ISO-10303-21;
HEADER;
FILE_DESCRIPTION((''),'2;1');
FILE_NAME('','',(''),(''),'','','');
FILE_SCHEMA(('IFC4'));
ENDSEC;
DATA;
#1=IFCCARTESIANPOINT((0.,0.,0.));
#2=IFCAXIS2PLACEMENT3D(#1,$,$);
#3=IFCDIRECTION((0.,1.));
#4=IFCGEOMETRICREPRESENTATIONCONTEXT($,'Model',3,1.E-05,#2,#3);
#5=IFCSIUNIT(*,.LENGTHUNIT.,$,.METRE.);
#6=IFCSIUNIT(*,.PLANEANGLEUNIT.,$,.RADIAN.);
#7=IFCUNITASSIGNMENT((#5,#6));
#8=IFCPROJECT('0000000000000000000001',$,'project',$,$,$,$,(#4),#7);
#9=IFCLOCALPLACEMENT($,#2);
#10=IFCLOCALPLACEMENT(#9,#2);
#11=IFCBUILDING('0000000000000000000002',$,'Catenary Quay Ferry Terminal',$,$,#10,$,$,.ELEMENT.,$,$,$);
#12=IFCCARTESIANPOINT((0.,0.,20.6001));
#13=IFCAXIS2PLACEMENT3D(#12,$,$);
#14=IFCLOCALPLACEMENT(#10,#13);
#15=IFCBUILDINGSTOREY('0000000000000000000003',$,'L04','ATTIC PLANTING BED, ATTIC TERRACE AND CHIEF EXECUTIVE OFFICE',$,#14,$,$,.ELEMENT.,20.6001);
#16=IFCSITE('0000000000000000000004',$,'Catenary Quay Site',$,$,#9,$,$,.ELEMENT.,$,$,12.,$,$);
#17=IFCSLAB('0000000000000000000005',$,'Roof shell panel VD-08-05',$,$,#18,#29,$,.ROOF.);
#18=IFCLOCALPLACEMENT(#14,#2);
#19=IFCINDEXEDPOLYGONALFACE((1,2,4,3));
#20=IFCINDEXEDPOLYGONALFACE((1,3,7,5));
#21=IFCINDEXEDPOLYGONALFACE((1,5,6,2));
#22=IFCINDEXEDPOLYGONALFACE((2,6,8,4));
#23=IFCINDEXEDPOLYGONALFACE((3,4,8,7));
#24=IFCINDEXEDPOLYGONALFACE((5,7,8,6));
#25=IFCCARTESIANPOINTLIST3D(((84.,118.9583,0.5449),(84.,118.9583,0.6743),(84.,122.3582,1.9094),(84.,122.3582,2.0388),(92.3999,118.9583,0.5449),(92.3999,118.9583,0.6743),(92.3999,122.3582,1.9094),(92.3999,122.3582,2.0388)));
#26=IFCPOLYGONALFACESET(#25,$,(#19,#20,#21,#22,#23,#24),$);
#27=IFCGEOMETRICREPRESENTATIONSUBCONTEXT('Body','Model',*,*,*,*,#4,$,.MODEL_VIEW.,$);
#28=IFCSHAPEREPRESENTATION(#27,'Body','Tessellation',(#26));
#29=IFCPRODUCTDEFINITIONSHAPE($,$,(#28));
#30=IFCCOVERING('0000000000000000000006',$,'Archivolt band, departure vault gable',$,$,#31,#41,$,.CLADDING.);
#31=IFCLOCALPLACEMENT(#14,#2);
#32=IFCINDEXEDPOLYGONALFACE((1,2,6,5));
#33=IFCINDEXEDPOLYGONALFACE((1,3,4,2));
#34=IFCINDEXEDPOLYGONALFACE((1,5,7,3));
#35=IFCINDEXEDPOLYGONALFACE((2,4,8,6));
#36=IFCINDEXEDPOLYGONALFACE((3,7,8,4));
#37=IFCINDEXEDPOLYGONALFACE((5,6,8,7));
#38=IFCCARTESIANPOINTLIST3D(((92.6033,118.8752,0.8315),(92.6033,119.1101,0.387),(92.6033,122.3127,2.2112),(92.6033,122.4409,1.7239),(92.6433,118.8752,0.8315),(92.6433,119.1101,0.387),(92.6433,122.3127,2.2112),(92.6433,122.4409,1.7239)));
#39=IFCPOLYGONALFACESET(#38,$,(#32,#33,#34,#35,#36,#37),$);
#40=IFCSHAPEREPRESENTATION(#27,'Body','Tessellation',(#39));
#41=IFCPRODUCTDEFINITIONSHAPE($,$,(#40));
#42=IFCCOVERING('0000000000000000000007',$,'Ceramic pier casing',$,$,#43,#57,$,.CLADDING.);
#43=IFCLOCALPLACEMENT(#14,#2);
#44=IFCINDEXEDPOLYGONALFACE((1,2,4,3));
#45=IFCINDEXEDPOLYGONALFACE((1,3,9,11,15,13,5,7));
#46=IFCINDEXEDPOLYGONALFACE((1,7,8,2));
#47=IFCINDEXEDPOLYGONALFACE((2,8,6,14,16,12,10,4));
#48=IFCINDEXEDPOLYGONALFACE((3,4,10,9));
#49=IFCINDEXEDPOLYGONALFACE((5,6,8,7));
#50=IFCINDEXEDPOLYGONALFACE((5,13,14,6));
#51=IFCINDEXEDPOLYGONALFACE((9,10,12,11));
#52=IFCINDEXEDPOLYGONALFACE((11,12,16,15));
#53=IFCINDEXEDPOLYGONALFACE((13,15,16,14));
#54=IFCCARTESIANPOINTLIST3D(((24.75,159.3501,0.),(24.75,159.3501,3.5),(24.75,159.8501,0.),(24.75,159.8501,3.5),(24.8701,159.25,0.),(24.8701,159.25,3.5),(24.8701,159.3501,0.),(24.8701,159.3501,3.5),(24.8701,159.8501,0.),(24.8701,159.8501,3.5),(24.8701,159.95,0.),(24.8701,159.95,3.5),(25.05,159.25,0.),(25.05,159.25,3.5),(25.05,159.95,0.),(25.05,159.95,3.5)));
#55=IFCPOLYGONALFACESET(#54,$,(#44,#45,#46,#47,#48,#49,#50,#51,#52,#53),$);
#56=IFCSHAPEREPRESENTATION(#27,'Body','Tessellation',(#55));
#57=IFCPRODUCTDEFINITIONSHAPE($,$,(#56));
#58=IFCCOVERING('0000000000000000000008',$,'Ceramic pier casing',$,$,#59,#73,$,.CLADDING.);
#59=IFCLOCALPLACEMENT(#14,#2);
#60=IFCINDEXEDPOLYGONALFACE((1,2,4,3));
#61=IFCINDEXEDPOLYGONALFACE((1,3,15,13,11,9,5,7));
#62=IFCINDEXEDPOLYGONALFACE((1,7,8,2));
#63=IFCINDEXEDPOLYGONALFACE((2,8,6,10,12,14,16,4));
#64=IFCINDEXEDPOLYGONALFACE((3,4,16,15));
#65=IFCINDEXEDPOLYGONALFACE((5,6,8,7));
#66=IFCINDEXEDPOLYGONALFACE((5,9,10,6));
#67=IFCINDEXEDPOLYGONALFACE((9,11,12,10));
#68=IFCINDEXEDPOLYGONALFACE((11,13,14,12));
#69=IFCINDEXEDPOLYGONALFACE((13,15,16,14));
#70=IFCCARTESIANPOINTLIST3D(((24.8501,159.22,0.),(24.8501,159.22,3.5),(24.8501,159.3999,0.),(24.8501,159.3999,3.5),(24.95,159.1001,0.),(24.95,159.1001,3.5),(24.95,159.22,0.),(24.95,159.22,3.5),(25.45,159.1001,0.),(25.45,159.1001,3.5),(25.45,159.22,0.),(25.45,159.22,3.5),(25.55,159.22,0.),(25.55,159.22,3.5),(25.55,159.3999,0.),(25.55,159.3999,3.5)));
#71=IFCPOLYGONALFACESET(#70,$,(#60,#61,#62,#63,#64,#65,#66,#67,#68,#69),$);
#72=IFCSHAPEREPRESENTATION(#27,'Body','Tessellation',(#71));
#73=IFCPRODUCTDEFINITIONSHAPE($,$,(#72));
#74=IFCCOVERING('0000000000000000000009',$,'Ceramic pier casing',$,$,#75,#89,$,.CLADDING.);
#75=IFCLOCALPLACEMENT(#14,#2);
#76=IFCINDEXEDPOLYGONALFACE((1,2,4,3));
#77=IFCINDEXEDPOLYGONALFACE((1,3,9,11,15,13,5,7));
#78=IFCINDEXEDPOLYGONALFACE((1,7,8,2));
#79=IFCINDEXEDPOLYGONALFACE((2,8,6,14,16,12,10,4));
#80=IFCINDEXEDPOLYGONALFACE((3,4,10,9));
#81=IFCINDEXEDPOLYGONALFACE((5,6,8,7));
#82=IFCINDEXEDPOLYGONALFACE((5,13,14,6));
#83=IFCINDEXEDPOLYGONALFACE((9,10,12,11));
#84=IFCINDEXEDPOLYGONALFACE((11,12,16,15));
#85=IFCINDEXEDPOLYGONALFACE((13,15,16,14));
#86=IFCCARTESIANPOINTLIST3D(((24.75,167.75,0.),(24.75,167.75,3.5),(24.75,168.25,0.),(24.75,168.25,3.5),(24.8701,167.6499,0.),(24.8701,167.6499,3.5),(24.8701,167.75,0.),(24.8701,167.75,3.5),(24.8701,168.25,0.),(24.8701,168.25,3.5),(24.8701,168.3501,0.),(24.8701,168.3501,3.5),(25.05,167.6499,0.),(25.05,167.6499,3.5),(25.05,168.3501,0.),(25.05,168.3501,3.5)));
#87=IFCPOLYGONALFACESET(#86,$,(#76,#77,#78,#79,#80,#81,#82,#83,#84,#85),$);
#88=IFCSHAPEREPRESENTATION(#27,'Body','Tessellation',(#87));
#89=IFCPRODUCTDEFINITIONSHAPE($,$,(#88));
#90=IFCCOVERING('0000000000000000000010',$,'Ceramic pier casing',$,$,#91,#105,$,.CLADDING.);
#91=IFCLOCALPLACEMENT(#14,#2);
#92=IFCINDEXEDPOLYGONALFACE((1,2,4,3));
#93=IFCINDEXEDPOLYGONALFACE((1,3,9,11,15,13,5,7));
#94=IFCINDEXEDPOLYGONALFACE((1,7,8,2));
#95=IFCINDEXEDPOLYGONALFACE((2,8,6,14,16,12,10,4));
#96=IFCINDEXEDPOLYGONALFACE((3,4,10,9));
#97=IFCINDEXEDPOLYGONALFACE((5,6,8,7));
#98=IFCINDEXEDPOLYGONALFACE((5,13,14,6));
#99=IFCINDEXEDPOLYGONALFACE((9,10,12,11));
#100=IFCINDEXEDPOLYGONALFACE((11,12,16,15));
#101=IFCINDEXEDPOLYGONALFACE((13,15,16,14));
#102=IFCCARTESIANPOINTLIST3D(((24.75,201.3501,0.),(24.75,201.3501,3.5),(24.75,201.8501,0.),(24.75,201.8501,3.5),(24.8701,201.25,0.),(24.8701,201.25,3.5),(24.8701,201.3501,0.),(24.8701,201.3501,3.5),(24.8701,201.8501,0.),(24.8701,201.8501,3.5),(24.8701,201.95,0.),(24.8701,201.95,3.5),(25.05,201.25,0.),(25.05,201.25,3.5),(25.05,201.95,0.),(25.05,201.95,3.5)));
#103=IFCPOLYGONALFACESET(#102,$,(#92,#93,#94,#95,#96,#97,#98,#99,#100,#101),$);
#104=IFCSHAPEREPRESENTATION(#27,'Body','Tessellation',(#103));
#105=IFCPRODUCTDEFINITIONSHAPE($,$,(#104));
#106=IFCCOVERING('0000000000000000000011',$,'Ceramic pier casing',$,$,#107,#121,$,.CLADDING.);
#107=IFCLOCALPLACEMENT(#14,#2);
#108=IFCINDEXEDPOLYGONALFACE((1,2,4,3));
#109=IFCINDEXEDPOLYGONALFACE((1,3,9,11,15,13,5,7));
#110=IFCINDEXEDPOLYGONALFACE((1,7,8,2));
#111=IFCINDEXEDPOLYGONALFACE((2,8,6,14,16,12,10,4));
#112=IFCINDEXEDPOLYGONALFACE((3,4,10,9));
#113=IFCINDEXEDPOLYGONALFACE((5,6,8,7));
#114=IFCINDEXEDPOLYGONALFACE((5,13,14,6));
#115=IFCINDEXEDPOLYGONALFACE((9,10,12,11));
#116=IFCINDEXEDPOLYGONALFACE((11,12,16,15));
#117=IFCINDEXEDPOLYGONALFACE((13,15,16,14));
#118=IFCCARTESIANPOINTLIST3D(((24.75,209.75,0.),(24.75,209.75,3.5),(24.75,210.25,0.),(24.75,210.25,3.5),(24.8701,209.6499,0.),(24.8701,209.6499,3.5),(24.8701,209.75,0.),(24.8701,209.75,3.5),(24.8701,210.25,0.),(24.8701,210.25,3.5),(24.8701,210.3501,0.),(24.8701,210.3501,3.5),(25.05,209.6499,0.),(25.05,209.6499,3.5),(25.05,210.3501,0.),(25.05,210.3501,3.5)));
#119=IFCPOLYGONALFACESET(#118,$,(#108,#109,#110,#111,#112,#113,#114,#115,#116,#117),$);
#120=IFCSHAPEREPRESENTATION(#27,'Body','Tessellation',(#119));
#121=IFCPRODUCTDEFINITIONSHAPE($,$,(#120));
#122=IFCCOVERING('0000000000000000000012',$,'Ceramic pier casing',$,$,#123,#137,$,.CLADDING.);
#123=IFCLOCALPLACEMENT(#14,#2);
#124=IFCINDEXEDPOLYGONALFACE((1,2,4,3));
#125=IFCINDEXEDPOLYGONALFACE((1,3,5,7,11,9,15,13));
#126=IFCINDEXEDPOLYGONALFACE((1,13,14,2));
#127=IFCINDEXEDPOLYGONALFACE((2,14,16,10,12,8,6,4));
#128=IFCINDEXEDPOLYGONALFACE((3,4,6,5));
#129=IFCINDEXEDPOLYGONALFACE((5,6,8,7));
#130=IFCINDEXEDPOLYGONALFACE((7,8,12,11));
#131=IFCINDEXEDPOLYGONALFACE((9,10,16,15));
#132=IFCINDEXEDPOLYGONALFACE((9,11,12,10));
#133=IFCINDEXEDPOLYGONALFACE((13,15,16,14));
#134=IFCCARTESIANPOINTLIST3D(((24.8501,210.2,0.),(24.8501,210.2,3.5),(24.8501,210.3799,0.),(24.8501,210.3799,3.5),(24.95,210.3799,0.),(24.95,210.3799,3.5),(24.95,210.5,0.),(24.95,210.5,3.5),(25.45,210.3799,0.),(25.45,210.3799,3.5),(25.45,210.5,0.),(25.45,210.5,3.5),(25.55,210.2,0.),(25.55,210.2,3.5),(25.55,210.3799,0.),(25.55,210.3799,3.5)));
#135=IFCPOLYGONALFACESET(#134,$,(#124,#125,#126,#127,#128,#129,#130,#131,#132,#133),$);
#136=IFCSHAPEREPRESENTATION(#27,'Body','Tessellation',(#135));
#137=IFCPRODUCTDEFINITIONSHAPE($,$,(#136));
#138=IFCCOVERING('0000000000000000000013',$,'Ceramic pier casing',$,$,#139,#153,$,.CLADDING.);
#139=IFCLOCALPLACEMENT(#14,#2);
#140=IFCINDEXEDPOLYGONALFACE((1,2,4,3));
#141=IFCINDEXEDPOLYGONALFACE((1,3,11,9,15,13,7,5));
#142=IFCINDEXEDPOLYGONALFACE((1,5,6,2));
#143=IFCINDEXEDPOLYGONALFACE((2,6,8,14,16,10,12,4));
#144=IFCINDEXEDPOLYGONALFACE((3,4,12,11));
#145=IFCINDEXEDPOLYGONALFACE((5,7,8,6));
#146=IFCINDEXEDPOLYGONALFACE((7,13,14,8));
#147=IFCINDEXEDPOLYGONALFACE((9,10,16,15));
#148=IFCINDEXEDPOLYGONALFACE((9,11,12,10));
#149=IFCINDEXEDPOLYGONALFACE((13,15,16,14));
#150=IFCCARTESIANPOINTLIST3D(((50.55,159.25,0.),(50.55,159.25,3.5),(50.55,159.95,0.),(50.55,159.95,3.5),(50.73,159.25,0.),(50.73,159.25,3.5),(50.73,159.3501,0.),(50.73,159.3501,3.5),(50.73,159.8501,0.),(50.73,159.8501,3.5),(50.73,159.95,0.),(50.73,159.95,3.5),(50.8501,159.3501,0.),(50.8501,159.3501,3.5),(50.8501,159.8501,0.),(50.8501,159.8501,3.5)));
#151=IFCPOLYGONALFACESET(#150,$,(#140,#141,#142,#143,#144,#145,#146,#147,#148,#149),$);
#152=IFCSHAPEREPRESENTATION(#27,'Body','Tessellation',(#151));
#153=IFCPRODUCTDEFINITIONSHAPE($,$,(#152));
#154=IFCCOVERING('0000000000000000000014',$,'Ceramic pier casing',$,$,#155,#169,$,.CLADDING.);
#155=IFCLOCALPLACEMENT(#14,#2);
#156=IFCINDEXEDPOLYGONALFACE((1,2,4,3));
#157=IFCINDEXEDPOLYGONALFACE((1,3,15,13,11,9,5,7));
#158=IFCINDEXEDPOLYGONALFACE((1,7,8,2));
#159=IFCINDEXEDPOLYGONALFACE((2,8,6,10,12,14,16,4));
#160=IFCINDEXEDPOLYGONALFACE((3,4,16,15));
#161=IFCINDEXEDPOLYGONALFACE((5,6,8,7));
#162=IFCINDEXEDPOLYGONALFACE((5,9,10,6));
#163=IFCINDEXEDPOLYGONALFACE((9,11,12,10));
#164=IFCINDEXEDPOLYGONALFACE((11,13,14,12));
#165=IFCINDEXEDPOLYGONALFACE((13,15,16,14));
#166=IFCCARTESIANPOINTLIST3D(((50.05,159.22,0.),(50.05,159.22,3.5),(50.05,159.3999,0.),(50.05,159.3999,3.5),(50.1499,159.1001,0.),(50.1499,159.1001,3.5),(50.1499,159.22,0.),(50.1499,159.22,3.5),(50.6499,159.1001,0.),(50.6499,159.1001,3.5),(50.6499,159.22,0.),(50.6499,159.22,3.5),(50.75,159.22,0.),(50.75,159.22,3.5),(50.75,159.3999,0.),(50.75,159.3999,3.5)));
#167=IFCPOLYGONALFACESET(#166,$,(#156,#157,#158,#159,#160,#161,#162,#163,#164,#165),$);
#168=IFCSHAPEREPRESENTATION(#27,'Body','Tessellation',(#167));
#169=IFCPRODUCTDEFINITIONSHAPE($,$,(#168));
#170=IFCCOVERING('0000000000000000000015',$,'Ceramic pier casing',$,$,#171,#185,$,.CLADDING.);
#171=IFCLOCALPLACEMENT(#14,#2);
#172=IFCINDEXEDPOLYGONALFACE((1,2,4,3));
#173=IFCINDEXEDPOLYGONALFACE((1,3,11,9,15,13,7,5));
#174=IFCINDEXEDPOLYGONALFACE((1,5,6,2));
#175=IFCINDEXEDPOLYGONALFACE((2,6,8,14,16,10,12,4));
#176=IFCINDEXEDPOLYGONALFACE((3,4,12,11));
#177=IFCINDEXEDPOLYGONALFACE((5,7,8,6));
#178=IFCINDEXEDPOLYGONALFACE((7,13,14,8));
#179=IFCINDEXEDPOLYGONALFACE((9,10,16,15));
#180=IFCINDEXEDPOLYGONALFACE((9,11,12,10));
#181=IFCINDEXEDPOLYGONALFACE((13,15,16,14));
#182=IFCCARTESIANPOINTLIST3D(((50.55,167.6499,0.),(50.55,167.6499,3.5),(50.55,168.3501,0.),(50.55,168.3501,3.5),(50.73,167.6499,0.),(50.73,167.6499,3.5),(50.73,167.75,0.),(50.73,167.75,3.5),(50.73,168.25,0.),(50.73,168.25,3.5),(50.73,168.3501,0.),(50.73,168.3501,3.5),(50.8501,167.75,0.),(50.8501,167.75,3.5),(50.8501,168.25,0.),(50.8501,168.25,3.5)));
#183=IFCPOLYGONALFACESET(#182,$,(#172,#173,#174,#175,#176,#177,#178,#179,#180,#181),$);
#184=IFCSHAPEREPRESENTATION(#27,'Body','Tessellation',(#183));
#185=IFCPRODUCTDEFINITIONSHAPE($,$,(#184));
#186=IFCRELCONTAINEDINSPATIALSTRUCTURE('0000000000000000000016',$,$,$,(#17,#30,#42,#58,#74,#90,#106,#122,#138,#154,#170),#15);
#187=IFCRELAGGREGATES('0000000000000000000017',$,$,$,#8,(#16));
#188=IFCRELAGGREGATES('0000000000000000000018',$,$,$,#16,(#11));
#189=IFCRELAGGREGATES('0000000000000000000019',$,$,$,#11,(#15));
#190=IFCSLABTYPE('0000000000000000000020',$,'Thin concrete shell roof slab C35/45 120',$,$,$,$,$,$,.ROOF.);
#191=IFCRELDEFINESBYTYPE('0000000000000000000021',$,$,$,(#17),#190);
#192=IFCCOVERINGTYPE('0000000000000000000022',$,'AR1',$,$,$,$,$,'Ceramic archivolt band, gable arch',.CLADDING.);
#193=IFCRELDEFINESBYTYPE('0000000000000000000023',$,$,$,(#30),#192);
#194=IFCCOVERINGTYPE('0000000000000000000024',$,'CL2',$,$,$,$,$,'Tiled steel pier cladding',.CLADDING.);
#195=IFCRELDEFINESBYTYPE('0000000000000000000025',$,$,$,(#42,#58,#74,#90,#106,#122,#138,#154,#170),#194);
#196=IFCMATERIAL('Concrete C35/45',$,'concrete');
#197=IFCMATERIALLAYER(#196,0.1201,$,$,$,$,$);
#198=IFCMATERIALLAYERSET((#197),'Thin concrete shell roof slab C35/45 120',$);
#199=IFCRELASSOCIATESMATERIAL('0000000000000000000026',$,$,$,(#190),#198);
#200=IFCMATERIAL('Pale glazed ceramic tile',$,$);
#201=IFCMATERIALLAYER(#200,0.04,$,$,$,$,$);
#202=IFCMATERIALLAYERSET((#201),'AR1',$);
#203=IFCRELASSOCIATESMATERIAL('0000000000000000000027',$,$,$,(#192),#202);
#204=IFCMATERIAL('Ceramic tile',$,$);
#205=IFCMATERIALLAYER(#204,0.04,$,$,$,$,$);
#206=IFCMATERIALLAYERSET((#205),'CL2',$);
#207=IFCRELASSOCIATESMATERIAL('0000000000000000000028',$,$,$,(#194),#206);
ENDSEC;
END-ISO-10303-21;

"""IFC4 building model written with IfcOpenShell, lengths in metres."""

from ifc_helpers import new_model, si_unit, direction, frame, origin, place, context, subcontext, project, spatial, polyline, outline, extrude, material, layer, layer_set, type_object, element, save


model = new_model("IFC4")

# Units and contexts
model_context = context("Model", 3, precision=1e-05, world=origin(), true_north=direction((0.0, 1.0)))
body_context = subcontext(model_context, "Body", "Model", "MODEL_VIEW")
ifc_project = project(units=[si_unit("LENGTHUNIT", "METRE"), si_unit("PLANEANGLEUNIT", "RADIAN")], contexts=[model_context])

# Site, building, storey
site_placement = place(None, origin())
site = spatial("IfcSite", under=ifc_project, at=site_placement, Name="Catenary Quay Site", CompositionType="ELEMENT", RefElevation=12.0)
building_placement = place(site_placement, origin())
building = spatial("IfcBuilding", under=site, at=building_placement, Name="Catenary Quay Ferry Terminal", CompositionType="ELEMENT")
storey_placement = place(building_placement, frame((0.0, 0.0, 20.6001)))
storey = spatial("IfcBuildingStorey", under=building, at=storey_placement, Name="L04", Description="ATTIC PLANTING BED, ATTIC TERRACE AND CHIEF EXECUTIVE OFFICE", CompositionType="ELEMENT", Elevation=20.6001)

# Slab
ifc_material_1 = material(Name="Concrete C35/45", Category="concrete")
ifc_layer_1 = layer(ifc_material_1, 0.1201)
ifc_layer_set_1 = layer_set([ifc_layer_1], Name="Thin concrete shell roof slab C35/45 120")
slab_type_1 = type_object("IfcSlabType", Name="Thin concrete shell roof slab C35/45 120", PredefinedType="ROOF", material=ifc_layer_set_1)
for number, where, z_axis, x_axis, name in (
    (1, (84.0, 118.9583, 0.6743), (0.0, -0.372459, 0.928049), (1.0, 0.0, 0.0), "Roof shell panel VD-08-05"),
):
    element("IfcSlab", number, at=place(storey_placement, frame(where, z_axis=z_axis, x_axis=x_axis)), inside=storey, type_object=slab_type_1, Name=name, PredefinedType="ROOF", context=body_context, shape_type="SweptSolid", body=[
        extrude(outline(polyline([(0.0, 0.0), (8.3999, 0.0), (8.3999, 3.6635), (0.0, 3.6635), (0.0, 0.0)])), origin(), (0.0, -0.372459, -0.928049), 0.1294),
    ])

# Coverings
ifc_material_2 = material(Name="Pale glazed ceramic tile")
ifc_layer_2 = layer(ifc_material_2, 0.04)
ifc_layer_set_2 = layer_set([ifc_layer_2], Name="AR1")
covering_type_1 = type_object("IfcCoveringType", Name="AR1", ElementType="Ceramic archivolt band, gable arch", PredefinedType="CLADDING", material=ifc_layer_set_2)
covering_1_placement = place(storey_placement, frame((92.6033, 118.8752, 0.8315), z_axis=(-1.0, 0.0, 0.0), x_axis=(0.0, 0.928044, 0.37247)))
element("IfcCovering", 2, at=covering_1_placement, inside=storey, type_object=covering_type_1, Name="Archivolt band, departure vault gable", PredefinedType="CLADDING", context=body_context, shape_type="SweptSolid", body=[
    extrude(outline(polyline([(0.0, 0.0), (3.704, 0.0), (3.6415, 0.5), (0.0524, 0.5001), (0.0, 0.0)])), origin(), (0.0, 0.0, -1.0), 0.04),
])
ifc_material_3 = material(Name="Ceramic tile")
ifc_layer_3 = layer(ifc_material_3, 0.04)
ifc_layer_set_3 = layer_set([ifc_layer_3], Name="CL2")
covering_type_2 = type_object("IfcCoveringType", Name="CL2", ElementType="Tiled steel pier cladding", PredefinedType="CLADDING", material=ifc_layer_set_3)
covering_2_placement = place(storey_placement, origin())
element("IfcCovering", 3, at=covering_2_placement, inside=storey, type_object=covering_type_2, Name="Ceramic pier casing", PredefinedType="CLADDING", context=body_context, shape_type="SweptSolid", body=[
    extrude(outline(polyline([(25.05, 159.95), (24.8701, 159.95), (24.8701, 159.8501), (24.75, 159.8501), (24.75, 159.3501), (24.8701, 159.3501), (24.8701, 159.25), (25.05, 159.25), (25.05, 159.95)])), origin(), (0.0, 0.0, 1.0), 3.5),
])
covering_3_placement = place(storey_placement, origin())
element("IfcCovering", 4, at=covering_3_placement, inside=storey, type_object=covering_type_2, Name="Ceramic pier casing", PredefinedType="CLADDING", context=body_context, shape_type="SweptSolid", body=[
    extrude(outline(polyline([(24.8501, 159.3999), (24.8501, 159.22), (24.95, 159.22), (24.95, 159.1001), (25.45, 159.1001), (25.45, 159.22), (25.55, 159.22), (25.55, 159.3999), (24.8501, 159.3999)])), origin(), (0.0, 0.0, 1.0), 3.5),
])
covering_4_placement = place(storey_placement, origin())
element("IfcCovering", 5, at=covering_4_placement, inside=storey, type_object=covering_type_2, Name="Ceramic pier casing", PredefinedType="CLADDING", context=body_context, shape_type="SweptSolid", body=[
    extrude(outline(polyline([(25.05, 168.3501), (24.8701, 168.3501), (24.8701, 168.25), (24.75, 168.25), (24.75, 167.75), (24.8701, 167.75), (24.8701, 167.6499), (25.05, 167.6499), (25.05, 168.3501)])), origin(), (0.0, 0.0, 1.0), 3.5),
])
covering_5_placement = place(storey_placement, origin())
element("IfcCovering", 6, at=covering_5_placement, inside=storey, type_object=covering_type_2, Name="Ceramic pier casing", PredefinedType="CLADDING", context=body_context, shape_type="SweptSolid", body=[
    extrude(outline(polyline([(25.05, 201.95), (24.8701, 201.95), (24.8701, 201.8501), (24.75, 201.8501), (24.75, 201.3501), (24.8701, 201.3501), (24.8701, 201.25), (25.05, 201.25), (25.05, 201.95)])), origin(), (0.0, 0.0, 1.0), 3.5),
])
covering_6_placement = place(storey_placement, origin())
element("IfcCovering", 7, at=covering_6_placement, inside=storey, type_object=covering_type_2, Name="Ceramic pier casing", PredefinedType="CLADDING", context=body_context, shape_type="SweptSolid", body=[
    extrude(outline(polyline([(25.05, 210.3501), (24.8701, 210.3501), (24.8701, 210.25), (24.75, 210.25), (24.75, 209.75), (24.8701, 209.75), (24.8701, 209.6499), (25.05, 209.6499), (25.05, 210.3501)])), origin(), (0.0, 0.0, 1.0), 3.5),
])
covering_7_placement = place(storey_placement, origin())
element("IfcCovering", 8, at=covering_7_placement, inside=storey, type_object=covering_type_2, Name="Ceramic pier casing", PredefinedType="CLADDING", context=body_context, shape_type="SweptSolid", body=[
    extrude(outline(polyline([(25.55, 210.2), (25.55, 210.3799), (25.45, 210.3799), (25.45, 210.5), (24.95, 210.5), (24.95, 210.3799), (24.8501, 210.3799), (24.8501, 210.2), (25.55, 210.2)])), origin(), (0.0, 0.0, 1.0), 3.5),
])
covering_8_placement = place(storey_placement, origin())
element("IfcCovering", 9, at=covering_8_placement, inside=storey, type_object=covering_type_2, Name="Ceramic pier casing", PredefinedType="CLADDING", context=body_context, shape_type="SweptSolid", body=[
    extrude(outline(polyline([(50.55, 159.25), (50.73, 159.25), (50.73, 159.3501), (50.8501, 159.3501), (50.8501, 159.8501), (50.73, 159.8501), (50.73, 159.95), (50.55, 159.95), (50.55, 159.25)])), origin(), (0.0, 0.0, 1.0), 3.5),
])
covering_9_placement = place(storey_placement, origin())
element("IfcCovering", 10, at=covering_9_placement, inside=storey, type_object=covering_type_2, Name="Ceramic pier casing", PredefinedType="CLADDING", context=body_context, shape_type="SweptSolid", body=[
    extrude(outline(polyline([(50.05, 159.3999), (50.05, 159.22), (50.1499, 159.22), (50.1499, 159.1001), (50.6499, 159.1001), (50.6499, 159.22), (50.75, 159.22), (50.75, 159.3999), (50.05, 159.3999)])), origin(), (0.0, 0.0, 1.0), 3.5),
])
covering_10_placement = place(storey_placement, origin())
element("IfcCovering", 11, at=covering_10_placement, inside=storey, type_object=covering_type_2, Name="Ceramic pier casing", PredefinedType="CLADDING", context=body_context, shape_type="SweptSolid", body=[
    extrude(outline(polyline([(50.55, 167.6499), (50.73, 167.6499), (50.73, 167.75), (50.8501, 167.75), (50.8501, 168.25), (50.73, 168.25), (50.73, 168.3501), (50.55, 168.3501), (50.55, 167.6499)])), origin(), (0.0, 0.0, 1.0), 3.5),
])

save(model, "model.ifc")
